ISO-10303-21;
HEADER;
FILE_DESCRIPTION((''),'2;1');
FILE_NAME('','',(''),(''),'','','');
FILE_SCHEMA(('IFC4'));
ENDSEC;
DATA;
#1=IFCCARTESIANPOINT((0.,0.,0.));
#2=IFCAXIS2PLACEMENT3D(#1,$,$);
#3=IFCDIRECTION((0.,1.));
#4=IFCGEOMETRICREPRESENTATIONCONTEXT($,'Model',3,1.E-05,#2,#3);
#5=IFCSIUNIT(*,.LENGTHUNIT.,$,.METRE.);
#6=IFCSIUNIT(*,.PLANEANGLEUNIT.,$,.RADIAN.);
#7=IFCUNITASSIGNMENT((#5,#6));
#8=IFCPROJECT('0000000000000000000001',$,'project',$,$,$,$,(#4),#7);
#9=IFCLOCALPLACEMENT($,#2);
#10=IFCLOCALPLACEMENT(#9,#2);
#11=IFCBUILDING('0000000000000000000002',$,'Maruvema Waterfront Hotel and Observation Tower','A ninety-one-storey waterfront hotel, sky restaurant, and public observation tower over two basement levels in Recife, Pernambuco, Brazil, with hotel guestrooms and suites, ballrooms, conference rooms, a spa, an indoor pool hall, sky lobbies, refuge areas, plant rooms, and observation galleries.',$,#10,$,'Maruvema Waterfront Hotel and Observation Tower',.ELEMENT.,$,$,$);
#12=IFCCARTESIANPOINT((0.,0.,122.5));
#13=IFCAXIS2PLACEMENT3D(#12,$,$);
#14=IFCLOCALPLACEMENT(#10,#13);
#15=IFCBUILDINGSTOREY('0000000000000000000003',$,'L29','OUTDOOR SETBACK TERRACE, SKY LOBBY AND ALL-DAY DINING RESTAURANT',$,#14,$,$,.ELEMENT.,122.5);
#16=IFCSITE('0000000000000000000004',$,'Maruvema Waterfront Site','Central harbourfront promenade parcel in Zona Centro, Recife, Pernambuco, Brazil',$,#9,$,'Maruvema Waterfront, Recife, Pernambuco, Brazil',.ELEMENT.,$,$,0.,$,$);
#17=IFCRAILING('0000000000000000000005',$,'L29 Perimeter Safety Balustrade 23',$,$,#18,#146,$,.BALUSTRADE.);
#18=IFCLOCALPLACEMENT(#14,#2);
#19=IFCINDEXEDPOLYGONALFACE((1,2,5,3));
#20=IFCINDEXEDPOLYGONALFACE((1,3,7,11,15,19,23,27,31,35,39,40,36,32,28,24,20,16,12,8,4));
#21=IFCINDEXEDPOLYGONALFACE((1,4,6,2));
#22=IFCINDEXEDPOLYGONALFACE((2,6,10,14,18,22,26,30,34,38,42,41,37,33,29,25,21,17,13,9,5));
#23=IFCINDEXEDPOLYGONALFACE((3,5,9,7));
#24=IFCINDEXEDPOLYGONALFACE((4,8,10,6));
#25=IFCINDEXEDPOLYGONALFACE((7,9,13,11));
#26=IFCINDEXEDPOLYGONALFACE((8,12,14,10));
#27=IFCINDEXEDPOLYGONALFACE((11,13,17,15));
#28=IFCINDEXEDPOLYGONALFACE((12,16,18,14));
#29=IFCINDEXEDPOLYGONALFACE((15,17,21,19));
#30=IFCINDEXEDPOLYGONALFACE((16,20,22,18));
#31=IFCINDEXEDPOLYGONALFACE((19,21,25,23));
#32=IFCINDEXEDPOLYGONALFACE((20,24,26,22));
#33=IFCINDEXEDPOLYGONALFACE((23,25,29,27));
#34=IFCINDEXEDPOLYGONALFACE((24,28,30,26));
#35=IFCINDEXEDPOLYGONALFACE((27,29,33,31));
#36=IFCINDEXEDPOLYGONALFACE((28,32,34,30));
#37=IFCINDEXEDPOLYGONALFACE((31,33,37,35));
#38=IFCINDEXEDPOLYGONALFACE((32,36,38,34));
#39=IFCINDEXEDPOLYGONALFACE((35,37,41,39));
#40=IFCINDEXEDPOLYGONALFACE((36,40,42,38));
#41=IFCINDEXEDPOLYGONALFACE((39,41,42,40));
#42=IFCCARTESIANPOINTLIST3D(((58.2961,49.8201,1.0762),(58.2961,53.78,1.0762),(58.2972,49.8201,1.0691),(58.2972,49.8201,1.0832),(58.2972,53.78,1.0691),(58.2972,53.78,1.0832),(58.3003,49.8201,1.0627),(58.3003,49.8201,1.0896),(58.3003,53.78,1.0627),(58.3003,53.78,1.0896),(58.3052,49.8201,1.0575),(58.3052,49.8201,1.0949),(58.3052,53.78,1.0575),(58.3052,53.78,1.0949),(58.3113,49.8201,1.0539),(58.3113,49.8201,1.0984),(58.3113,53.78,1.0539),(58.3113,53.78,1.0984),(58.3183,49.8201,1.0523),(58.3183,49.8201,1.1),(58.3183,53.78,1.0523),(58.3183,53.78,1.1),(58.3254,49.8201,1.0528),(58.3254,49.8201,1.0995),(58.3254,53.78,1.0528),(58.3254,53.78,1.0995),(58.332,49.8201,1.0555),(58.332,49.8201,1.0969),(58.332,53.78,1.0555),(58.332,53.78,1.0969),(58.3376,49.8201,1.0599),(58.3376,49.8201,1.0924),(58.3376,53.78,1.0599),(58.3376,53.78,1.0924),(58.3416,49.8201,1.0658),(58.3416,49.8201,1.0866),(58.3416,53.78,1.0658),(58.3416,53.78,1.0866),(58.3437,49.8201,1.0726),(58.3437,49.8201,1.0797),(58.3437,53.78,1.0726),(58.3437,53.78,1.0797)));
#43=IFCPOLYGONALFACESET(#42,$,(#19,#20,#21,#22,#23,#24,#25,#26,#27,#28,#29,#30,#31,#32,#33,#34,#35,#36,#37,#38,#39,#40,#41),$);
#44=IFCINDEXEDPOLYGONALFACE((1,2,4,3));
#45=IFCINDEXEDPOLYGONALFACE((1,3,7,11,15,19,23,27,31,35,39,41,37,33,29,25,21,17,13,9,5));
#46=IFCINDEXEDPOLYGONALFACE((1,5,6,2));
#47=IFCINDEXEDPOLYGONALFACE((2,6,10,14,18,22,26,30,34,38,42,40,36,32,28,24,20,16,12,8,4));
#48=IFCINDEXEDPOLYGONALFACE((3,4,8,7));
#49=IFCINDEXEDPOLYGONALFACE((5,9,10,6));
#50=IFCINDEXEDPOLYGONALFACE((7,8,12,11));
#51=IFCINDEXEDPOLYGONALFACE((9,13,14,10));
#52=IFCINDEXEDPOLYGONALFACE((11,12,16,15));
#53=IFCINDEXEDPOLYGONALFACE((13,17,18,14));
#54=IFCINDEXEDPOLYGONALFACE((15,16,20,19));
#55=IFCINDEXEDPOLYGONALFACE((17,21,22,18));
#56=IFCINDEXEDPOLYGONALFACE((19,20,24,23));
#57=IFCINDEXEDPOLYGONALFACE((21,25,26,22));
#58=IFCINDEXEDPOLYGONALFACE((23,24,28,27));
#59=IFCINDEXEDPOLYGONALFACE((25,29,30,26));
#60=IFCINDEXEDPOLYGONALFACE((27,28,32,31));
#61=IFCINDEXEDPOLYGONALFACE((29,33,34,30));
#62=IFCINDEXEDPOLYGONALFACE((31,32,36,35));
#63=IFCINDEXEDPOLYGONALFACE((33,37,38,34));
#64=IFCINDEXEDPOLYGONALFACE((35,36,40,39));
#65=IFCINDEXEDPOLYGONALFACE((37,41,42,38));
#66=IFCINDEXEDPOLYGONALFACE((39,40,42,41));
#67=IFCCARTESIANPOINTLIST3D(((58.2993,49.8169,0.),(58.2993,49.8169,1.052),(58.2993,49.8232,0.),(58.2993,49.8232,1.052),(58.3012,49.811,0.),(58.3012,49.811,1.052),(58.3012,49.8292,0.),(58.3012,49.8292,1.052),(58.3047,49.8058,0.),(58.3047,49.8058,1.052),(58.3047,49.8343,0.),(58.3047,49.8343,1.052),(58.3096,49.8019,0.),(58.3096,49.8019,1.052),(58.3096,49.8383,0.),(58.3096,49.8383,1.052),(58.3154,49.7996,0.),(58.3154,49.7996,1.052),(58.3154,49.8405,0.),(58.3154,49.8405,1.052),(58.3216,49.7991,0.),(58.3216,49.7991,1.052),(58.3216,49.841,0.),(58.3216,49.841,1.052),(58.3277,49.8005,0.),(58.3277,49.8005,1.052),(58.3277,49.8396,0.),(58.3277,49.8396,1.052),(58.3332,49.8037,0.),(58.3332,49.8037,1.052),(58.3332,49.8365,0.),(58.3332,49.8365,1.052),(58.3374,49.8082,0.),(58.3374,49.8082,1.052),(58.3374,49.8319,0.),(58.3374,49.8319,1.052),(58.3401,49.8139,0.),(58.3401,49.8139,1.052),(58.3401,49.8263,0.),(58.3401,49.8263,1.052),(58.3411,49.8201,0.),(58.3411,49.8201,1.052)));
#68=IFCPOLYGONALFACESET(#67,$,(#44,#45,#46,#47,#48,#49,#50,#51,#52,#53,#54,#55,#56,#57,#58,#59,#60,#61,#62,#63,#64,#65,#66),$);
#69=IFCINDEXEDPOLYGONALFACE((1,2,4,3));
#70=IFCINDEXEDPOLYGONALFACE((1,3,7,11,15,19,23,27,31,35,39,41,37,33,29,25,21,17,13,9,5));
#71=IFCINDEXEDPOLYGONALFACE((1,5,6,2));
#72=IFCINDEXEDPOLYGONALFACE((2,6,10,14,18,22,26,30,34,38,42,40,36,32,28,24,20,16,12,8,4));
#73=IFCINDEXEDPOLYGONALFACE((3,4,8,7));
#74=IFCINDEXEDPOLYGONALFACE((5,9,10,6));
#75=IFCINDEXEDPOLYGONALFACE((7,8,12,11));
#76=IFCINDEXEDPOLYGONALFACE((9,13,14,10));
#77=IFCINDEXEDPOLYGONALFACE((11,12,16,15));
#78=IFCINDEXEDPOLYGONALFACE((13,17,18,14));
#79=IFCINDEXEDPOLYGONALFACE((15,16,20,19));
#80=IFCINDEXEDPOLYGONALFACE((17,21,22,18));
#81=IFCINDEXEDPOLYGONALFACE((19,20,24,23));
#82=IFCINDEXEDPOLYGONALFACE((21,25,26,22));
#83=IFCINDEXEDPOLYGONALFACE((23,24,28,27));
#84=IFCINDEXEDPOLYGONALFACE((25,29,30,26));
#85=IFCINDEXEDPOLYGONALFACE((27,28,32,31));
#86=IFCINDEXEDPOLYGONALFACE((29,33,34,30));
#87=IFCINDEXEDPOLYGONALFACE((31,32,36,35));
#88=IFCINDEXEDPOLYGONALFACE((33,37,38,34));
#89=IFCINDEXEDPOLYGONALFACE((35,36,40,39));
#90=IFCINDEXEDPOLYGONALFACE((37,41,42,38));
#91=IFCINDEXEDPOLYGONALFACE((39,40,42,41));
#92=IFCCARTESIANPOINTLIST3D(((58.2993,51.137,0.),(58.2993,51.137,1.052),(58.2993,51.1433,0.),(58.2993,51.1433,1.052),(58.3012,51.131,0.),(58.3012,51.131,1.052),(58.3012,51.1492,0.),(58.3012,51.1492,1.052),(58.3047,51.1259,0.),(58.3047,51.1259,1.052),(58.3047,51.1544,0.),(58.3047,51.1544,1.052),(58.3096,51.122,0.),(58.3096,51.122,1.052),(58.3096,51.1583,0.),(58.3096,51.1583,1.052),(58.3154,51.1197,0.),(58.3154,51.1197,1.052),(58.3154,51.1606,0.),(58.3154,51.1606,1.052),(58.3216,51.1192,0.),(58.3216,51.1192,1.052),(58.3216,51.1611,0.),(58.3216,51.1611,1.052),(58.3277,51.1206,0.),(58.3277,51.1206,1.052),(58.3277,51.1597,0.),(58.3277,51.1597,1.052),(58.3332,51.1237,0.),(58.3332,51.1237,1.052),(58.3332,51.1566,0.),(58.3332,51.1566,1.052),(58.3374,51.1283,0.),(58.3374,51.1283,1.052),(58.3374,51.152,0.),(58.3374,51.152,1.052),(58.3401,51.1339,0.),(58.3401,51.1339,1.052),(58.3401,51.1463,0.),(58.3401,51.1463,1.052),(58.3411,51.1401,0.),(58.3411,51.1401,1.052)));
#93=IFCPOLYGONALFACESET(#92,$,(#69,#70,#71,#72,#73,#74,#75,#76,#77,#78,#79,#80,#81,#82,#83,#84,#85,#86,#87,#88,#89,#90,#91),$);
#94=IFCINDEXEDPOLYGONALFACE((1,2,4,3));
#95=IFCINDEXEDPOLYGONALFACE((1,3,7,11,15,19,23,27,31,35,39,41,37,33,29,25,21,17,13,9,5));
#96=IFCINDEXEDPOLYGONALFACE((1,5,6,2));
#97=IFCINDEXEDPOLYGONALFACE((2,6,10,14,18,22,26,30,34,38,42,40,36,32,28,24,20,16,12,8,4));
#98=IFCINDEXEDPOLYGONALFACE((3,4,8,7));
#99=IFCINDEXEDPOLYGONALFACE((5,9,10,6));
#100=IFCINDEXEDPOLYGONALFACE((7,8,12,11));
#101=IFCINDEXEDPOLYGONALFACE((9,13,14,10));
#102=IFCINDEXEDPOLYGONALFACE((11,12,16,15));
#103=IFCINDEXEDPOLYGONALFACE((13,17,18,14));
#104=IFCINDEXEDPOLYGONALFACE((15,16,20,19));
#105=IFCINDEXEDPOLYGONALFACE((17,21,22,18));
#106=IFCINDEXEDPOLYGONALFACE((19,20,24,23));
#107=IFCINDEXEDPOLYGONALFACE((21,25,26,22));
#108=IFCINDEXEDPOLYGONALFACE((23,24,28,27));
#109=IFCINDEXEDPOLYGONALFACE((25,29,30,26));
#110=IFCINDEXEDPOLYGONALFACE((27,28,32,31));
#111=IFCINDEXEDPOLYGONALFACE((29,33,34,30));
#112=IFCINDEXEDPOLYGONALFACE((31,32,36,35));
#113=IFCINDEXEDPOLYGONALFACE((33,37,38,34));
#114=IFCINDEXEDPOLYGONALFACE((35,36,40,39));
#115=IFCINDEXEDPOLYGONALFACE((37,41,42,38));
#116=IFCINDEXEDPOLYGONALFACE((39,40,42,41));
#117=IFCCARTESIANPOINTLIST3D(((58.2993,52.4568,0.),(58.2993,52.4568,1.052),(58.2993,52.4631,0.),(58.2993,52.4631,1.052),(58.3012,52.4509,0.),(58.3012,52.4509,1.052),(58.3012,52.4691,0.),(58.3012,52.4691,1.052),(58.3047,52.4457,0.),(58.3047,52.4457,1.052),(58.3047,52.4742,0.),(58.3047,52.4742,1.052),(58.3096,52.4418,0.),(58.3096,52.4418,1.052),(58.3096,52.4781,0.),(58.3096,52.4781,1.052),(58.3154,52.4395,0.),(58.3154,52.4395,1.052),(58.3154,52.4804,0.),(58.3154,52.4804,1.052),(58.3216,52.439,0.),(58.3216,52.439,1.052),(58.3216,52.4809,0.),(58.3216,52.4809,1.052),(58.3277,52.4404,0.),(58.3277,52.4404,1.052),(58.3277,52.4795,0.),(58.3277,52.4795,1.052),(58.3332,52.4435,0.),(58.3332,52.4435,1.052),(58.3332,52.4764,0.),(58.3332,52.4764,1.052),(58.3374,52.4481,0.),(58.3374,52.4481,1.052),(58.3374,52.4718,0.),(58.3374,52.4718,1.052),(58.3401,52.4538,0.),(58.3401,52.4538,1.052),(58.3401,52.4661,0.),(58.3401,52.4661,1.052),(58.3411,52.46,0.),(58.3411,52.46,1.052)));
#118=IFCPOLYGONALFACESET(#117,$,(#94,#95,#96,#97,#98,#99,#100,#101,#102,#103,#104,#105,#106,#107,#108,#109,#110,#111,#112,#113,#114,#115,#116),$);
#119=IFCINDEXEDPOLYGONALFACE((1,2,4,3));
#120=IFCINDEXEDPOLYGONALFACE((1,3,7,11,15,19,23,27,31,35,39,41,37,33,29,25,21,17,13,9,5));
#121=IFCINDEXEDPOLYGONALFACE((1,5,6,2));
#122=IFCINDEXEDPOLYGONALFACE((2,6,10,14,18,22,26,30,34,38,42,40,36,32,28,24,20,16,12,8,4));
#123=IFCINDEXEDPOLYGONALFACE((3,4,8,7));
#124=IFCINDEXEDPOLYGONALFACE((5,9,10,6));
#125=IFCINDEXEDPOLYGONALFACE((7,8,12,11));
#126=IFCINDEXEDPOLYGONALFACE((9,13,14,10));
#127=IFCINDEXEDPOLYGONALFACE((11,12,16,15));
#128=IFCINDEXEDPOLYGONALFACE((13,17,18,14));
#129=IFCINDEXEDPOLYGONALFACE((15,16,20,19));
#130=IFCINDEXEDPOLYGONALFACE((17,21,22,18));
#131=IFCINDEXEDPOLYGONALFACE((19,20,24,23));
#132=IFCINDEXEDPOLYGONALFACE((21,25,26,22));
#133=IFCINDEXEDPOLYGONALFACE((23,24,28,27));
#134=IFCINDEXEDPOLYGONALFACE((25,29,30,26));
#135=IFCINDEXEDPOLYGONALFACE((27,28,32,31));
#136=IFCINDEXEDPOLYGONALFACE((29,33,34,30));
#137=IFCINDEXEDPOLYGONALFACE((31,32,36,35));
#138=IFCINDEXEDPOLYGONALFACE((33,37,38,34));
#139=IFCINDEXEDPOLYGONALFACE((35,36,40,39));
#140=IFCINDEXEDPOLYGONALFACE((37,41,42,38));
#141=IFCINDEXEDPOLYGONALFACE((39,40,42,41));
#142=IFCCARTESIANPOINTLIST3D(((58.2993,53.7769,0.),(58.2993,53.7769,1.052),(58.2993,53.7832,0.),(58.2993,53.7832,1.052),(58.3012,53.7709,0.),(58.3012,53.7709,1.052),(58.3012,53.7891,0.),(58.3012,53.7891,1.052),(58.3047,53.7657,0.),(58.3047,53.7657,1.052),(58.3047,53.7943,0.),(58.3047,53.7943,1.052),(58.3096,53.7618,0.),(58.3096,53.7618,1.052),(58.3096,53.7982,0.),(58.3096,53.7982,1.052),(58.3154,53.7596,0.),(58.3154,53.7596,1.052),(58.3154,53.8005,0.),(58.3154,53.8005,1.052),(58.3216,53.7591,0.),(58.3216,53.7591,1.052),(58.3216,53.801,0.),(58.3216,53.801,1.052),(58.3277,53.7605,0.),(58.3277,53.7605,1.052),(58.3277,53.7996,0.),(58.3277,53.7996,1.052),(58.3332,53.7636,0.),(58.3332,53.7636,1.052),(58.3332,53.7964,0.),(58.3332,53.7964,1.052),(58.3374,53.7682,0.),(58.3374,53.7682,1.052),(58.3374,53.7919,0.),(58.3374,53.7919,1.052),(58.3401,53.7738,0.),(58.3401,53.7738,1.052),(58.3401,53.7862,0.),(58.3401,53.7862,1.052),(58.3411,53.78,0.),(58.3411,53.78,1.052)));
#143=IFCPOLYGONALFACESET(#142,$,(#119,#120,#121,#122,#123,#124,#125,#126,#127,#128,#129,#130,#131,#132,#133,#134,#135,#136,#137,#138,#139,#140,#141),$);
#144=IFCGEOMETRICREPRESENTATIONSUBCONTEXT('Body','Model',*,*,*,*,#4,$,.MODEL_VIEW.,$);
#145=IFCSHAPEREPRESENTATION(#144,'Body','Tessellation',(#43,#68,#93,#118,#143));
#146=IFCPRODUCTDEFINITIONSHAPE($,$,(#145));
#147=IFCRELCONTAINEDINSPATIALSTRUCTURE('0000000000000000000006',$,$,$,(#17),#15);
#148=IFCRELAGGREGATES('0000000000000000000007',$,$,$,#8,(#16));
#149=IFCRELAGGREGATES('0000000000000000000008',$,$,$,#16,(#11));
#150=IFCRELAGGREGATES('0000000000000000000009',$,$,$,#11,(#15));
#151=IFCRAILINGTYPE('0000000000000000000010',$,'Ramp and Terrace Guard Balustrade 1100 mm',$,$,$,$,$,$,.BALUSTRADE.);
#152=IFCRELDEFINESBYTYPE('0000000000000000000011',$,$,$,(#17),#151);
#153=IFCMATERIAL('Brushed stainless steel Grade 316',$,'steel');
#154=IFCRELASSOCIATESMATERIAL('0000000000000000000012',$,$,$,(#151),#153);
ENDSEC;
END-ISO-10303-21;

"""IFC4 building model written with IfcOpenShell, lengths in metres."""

from ifc_helpers import new_model, si_unit, direction, frame, origin, origin_2d, place, context, subcontext, project, spatial, circle, extrude, material, type_object, element, save


model = new_model("IFC4")

# Units and contexts
model_context = context("Model", 3, precision=1e-05, world=origin(), true_north=direction((0.0, 1.0)))
body_context = subcontext(model_context, "Body", "Model", "MODEL_VIEW")
ifc_project = project(units=[si_unit("LENGTHUNIT", "METRE"), si_unit("PLANEANGLEUNIT", "RADIAN")], contexts=[model_context])

# Site, building, storey
site_placement = place(None, origin())
site = spatial("IfcSite", under=ifc_project, at=site_placement, Name="Maruvema Waterfront Site", Description="Central harbourfront promenade parcel in Zona Centro, Recife, Pernambuco, Brazil", LongName="Maruvema Waterfront, Recife, Pernambuco, Brazil", CompositionType="ELEMENT", RefElevation=0.0)
building_placement = place(site_placement, origin())
building = spatial("IfcBuilding", under=site, at=building_placement, Name="Maruvema Waterfront Hotel and Observation Tower", Description="A ninety-one-storey waterfront hotel, sky restaurant, and public observation tower over two basement levels in Recife, Pernambuco, Brazil, with hotel guestrooms and suites, ballrooms, conference rooms, a spa, an indoor pool hall, sky lobbies, refuge areas, plant rooms, and observation galleries.", LongName="Maruvema Waterfront Hotel and Observation Tower", CompositionType="ELEMENT")
storey_placement = place(building_placement, frame((0.0, 0.0, 122.5)))
storey = spatial("IfcBuildingStorey", under=building, at=storey_placement, Name="L29", Description="OUTDOOR SETBACK TERRACE, SKY LOBBY AND ALL-DAY DINING RESTAURANT", CompositionType="ELEMENT", Elevation=122.5)

# Railing
ifc_material_1 = material(Name="Brushed stainless steel Grade 316", Category="steel")
railing_type = type_object("IfcRailingType", Name="Ramp and Terrace Guard Balustrade 1100 mm", PredefinedType="BALUSTRADE", material=ifc_material_1)
railing_1_placement = place(storey_placement, frame((58.3201, 49.8201, 0.0)))
element("IfcRailing", 1, at=railing_1_placement, inside=storey, type_object=railing_type, Name="L29 Perimeter Safety Balustrade 23", PredefinedType="BALUSTRADE", context=body_context, shape_type="SweptSolid", body=[
    extrude(circle(Radius=0.0239, at=origin_2d()), frame((0.0, 0.0, 1.0762), z_axis=(0.0, 1.0, 0.0), x_axis=(-1.0, 0.0, 0.0)), (0.0, 0.0, 1.0), 3.96),
    extrude(circle(Radius=0.021, at=origin_2d()), origin(), (0.0, 0.0, 1.0), 1.052),
    extrude(circle(Radius=0.021, at=origin_2d()), frame((0.0, 1.3201, 0.0)), (0.0, 0.0, 1.0), 1.052),
    extrude(circle(Radius=0.021, at=origin_2d()), frame((0.0, 2.6399, 0.0)), (0.0, 0.0, 1.0), 1.052),
    extrude(circle(Radius=0.021, at=origin_2d()), frame((0.0, 3.96, 0.0)), (0.0, 0.0, 1.0), 1.052),
])

save(model, "model.ifc")
